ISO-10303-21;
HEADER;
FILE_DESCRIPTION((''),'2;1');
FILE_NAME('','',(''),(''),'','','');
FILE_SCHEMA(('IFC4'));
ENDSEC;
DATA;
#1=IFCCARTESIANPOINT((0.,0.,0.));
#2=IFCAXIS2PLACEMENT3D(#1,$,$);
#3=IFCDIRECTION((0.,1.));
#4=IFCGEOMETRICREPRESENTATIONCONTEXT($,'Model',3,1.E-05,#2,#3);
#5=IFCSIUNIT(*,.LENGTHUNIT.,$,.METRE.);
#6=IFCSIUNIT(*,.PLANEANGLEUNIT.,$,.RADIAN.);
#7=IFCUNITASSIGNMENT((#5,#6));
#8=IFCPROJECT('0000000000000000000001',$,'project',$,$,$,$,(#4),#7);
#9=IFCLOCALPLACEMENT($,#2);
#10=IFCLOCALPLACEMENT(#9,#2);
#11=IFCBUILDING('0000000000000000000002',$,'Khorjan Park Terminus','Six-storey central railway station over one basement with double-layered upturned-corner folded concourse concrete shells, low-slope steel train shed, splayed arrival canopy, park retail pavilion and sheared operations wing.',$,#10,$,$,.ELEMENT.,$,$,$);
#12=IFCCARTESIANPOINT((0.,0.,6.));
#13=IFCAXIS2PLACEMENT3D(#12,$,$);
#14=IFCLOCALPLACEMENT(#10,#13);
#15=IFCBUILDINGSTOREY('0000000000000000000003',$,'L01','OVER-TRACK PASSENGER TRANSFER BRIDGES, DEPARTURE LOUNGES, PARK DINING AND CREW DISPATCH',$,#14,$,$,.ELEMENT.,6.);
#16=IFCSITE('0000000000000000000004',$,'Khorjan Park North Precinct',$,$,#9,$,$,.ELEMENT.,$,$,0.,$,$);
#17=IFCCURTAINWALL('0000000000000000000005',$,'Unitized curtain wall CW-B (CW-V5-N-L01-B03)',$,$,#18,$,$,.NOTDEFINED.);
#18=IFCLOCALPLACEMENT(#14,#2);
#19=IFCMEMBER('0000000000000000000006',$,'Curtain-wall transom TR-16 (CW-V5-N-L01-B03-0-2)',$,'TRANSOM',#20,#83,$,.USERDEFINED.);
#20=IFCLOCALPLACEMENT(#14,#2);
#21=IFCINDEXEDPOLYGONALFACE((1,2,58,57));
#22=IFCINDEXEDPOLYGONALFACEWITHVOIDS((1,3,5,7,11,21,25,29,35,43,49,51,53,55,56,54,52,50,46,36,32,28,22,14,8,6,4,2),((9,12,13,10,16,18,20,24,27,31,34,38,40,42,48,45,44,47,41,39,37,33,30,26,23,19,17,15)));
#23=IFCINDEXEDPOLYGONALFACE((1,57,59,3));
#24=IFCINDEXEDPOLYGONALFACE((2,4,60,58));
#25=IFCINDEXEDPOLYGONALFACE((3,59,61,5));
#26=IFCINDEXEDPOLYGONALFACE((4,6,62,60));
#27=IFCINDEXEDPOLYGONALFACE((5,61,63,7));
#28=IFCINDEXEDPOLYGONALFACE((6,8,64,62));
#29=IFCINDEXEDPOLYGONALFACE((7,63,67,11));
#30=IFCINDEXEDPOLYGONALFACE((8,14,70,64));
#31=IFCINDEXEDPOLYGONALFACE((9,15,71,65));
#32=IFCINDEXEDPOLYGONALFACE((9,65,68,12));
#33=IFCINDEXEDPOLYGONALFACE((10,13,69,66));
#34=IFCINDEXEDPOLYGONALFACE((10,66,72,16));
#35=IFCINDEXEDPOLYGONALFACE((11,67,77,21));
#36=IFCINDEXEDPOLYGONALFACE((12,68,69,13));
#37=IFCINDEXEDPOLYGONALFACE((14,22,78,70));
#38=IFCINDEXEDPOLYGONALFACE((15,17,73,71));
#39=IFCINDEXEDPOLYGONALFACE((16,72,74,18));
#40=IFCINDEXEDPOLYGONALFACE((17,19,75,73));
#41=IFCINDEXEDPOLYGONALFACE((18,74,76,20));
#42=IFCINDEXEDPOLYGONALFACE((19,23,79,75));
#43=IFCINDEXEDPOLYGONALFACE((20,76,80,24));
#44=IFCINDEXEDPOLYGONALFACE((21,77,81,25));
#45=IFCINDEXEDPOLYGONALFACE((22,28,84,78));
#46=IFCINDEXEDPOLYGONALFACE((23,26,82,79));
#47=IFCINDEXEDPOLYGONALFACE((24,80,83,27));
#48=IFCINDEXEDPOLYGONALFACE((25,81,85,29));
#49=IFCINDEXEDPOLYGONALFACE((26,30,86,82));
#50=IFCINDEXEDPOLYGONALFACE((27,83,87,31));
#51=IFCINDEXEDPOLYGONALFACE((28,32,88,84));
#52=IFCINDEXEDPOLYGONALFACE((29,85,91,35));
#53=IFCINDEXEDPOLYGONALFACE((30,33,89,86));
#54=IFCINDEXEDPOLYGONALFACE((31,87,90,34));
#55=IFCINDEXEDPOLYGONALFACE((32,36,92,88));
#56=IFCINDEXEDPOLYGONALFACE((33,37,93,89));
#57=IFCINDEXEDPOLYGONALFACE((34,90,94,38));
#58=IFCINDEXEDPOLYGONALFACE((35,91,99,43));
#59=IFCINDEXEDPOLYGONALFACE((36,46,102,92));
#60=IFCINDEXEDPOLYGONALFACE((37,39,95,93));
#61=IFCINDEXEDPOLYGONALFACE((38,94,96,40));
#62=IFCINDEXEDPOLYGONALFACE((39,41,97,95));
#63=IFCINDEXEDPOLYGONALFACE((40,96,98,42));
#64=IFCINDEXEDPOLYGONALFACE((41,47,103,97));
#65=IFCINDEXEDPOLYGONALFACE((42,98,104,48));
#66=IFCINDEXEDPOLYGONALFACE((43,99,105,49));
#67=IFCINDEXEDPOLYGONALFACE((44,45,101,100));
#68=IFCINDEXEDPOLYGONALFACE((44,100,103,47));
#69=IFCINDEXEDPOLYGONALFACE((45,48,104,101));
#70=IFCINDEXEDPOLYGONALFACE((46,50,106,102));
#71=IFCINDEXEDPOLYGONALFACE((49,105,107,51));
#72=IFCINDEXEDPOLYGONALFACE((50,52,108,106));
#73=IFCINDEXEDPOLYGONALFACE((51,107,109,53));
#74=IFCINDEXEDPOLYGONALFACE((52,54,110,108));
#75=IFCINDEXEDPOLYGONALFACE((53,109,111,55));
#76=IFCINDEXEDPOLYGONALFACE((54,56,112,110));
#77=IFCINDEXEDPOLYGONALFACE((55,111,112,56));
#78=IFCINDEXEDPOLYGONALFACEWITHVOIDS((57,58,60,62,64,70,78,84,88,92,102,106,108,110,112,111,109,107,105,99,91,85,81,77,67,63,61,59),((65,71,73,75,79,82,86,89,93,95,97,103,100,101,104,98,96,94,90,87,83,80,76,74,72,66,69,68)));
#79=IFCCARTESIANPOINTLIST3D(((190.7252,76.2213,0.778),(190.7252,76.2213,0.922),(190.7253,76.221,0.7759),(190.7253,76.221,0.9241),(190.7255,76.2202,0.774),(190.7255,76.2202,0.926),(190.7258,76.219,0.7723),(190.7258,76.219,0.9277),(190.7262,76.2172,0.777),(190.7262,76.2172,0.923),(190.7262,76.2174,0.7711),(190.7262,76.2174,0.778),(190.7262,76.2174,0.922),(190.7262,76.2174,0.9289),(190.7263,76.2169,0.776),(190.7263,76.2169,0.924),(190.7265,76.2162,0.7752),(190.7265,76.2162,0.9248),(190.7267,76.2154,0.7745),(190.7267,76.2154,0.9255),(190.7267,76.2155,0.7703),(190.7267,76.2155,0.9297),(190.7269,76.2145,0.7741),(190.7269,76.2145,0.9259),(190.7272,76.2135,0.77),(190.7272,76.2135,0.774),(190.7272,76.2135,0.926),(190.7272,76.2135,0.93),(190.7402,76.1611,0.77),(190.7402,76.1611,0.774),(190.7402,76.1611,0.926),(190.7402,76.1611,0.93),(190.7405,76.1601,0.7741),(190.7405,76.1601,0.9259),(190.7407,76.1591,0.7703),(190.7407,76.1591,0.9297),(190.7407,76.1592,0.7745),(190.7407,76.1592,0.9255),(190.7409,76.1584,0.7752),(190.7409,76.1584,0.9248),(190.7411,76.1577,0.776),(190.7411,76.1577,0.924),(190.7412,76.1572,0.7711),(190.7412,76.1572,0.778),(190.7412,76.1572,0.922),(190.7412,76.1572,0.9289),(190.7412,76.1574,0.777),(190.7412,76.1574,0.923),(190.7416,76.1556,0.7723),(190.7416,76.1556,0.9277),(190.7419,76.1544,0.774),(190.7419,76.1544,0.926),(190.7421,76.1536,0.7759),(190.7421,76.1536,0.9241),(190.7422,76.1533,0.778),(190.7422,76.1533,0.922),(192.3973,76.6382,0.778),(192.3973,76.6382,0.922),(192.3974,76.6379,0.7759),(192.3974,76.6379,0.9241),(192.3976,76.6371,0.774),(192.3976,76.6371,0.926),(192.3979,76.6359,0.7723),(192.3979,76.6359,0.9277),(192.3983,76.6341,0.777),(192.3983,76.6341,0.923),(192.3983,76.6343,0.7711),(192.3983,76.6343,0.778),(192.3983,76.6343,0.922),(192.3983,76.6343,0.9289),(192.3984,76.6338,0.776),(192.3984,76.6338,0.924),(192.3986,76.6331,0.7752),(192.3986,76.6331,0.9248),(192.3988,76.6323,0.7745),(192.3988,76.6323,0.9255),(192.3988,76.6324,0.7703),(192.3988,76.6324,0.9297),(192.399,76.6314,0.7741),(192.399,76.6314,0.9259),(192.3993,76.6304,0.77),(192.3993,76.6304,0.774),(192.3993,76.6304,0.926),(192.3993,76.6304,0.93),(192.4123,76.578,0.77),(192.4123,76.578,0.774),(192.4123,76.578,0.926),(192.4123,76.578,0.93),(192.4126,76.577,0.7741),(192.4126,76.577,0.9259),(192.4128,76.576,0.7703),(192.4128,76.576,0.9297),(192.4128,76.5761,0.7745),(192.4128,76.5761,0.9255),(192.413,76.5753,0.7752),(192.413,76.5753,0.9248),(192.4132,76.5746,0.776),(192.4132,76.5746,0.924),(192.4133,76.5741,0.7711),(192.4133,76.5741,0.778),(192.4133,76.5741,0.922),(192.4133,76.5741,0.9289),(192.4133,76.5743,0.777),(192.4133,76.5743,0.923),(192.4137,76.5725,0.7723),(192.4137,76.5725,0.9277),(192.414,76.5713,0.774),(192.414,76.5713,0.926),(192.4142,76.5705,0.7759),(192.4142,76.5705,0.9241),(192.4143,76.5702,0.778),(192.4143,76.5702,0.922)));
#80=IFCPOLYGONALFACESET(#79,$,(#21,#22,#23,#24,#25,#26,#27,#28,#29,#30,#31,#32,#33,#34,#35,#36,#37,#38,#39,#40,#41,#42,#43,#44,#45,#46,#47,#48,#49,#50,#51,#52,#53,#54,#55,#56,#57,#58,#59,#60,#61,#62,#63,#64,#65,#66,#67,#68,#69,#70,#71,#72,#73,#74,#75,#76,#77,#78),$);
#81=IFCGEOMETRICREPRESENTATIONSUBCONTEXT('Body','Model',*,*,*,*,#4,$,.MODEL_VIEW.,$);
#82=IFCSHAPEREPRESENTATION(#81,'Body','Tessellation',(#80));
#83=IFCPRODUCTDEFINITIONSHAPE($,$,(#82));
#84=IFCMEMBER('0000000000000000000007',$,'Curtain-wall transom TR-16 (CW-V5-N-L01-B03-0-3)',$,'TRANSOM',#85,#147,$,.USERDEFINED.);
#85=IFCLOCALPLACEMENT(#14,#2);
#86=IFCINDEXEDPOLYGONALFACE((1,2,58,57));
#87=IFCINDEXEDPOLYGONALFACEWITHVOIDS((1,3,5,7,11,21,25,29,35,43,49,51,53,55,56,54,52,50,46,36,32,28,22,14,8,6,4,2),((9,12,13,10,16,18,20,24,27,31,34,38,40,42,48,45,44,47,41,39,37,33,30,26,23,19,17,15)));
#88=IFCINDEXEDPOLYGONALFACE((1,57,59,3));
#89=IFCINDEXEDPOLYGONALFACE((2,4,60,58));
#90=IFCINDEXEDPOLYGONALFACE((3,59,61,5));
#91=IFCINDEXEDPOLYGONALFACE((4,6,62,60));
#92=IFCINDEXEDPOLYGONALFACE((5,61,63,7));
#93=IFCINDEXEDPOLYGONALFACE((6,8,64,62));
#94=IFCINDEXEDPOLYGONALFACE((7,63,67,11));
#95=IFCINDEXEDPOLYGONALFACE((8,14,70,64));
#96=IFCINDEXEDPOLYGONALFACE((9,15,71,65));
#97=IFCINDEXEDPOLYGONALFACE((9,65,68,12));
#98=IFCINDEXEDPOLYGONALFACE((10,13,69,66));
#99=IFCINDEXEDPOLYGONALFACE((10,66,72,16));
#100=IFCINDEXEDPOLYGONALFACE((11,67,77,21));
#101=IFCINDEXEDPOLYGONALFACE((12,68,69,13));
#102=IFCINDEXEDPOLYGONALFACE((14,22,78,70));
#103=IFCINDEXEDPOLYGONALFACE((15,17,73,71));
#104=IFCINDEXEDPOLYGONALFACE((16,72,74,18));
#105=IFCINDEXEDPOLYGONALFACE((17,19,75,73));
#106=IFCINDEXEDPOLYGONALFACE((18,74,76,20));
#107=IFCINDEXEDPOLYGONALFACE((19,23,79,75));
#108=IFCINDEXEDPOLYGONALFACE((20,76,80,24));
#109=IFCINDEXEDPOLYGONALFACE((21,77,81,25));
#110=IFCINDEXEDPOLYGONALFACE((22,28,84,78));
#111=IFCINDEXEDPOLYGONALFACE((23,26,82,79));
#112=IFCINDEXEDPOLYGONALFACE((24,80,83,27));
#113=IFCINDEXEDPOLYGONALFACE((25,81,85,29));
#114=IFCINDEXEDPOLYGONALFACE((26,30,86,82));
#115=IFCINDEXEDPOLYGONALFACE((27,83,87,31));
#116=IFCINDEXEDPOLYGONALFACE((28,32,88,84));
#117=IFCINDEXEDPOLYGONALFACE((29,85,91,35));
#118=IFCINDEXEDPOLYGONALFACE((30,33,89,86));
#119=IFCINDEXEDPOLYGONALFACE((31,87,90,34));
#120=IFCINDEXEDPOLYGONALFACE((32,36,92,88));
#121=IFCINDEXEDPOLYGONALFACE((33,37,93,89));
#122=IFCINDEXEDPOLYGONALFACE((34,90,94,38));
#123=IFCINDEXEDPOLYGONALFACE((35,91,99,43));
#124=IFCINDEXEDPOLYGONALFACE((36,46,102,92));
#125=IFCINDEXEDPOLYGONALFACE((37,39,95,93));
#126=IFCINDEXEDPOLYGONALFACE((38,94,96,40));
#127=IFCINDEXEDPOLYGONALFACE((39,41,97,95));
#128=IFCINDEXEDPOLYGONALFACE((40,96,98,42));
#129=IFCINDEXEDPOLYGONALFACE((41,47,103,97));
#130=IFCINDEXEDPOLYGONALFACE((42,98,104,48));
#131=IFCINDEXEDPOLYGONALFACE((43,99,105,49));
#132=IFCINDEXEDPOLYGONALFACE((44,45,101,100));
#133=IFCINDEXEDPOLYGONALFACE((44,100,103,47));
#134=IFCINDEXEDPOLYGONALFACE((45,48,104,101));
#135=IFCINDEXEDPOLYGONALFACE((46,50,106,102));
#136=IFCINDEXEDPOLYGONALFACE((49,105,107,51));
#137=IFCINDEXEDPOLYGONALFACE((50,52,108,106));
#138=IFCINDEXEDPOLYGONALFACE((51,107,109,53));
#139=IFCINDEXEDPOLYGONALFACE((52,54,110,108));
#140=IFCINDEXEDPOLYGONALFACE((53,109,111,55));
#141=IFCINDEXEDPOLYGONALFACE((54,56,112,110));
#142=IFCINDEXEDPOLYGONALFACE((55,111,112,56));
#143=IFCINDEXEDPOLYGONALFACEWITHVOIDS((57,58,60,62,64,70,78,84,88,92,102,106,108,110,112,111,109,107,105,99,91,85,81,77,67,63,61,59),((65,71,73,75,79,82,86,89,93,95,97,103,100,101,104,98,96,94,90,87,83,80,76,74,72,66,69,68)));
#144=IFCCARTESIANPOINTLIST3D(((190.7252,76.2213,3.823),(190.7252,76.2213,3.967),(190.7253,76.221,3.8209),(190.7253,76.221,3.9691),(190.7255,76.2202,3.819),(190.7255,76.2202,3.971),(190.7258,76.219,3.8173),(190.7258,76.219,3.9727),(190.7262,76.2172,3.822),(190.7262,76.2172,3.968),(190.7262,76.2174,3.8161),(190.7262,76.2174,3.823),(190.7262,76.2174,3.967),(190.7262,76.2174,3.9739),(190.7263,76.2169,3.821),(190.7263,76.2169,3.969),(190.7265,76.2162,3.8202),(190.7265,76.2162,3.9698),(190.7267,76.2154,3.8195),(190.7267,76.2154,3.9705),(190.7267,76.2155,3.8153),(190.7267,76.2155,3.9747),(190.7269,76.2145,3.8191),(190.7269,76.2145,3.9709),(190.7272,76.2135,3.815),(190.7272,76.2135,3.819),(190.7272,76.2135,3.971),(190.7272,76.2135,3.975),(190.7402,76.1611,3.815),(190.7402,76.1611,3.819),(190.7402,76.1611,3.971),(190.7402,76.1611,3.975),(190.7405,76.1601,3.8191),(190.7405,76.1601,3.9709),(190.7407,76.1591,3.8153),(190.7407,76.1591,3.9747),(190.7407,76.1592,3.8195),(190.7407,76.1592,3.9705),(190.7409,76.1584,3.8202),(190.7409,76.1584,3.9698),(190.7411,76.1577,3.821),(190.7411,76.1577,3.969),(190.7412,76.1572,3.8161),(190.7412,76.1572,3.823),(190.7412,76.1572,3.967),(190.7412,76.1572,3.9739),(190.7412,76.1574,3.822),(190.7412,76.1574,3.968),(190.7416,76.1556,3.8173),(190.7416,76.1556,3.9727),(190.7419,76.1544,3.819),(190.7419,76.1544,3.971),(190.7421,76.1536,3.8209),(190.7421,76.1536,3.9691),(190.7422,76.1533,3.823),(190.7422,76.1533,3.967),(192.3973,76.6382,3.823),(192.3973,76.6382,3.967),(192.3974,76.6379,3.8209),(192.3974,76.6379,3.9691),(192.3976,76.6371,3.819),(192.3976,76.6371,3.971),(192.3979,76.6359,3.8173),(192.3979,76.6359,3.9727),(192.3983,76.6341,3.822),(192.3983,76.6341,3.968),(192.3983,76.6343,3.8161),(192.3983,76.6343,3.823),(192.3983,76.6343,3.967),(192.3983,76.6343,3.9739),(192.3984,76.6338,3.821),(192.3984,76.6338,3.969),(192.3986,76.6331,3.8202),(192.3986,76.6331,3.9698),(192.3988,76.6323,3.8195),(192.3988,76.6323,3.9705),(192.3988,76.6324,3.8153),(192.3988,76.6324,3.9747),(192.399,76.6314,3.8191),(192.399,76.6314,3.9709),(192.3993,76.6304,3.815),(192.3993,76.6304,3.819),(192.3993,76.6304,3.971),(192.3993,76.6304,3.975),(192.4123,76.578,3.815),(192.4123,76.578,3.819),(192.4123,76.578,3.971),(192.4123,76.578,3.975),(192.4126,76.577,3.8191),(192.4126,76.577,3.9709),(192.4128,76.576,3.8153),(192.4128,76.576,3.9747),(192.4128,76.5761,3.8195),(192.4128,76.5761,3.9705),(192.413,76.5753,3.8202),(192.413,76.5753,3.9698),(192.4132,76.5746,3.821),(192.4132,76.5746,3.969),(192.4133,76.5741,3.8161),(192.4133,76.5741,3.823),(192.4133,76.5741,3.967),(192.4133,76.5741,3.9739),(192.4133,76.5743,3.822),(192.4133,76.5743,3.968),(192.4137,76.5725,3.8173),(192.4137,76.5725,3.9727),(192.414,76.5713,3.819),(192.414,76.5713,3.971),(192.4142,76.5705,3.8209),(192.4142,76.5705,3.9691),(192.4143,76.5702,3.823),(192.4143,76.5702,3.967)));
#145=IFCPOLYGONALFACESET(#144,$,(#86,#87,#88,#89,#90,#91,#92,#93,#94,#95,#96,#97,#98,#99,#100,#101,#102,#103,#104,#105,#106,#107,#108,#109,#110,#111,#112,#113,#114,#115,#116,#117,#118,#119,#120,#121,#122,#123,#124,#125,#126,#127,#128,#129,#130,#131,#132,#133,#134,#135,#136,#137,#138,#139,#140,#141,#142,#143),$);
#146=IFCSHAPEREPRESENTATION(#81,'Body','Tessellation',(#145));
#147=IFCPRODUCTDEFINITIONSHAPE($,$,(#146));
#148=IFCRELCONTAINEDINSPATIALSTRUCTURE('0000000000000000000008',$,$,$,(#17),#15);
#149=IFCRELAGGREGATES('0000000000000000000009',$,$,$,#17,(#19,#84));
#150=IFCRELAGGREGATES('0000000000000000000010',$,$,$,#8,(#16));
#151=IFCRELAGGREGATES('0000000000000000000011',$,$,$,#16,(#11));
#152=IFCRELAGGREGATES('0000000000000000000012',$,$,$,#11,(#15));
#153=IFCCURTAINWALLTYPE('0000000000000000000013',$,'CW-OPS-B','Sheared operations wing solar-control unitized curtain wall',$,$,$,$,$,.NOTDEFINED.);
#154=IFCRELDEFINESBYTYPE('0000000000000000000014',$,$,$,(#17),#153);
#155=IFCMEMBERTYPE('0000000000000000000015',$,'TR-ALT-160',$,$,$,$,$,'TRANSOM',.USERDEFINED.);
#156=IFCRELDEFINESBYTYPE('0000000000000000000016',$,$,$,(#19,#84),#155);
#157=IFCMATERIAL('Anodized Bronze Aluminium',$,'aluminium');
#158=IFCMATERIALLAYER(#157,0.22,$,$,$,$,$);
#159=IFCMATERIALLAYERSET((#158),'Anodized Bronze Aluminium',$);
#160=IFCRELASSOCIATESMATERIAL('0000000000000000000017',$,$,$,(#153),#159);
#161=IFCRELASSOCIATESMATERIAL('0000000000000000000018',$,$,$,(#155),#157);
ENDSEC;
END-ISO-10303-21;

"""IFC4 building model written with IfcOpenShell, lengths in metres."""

from ifc_helpers import new_model, si_unit, direction, frame, origin, origin_2d, place, context, subcontext, project, spatial, hollow_rectangle, extrude, material, layer, layer_set, material_profile, profile_set, type_object, element, aggregate, save


model = new_model("IFC4")

# Units and contexts
model_context = context("Model", 3, precision=1e-05, world=origin(), true_north=direction((0.0, 1.0)))
body_context = subcontext(model_context, "Body", "Model", "MODEL_VIEW")
ifc_project = project(units=[si_unit("LENGTHUNIT", "METRE"), si_unit("PLANEANGLEUNIT", "RADIAN")], contexts=[model_context])

# Site, building, storey
site_placement = place(None, origin())
site = spatial("IfcSite", under=ifc_project, at=site_placement, Name="Khorjan Park North Precinct", CompositionType="ELEMENT", RefElevation=0.0)
building_placement = place(site_placement, origin())
building = spatial("IfcBuilding", under=site, at=building_placement, Name="Khorjan Park Terminus", Description="Six-storey central railway station over one basement with double-layered upturned-corner folded concourse concrete shells, low-slope steel train shed, splayed arrival canopy, park retail pavilion and sheared operations wing.", CompositionType="ELEMENT")
storey_placement = place(building_placement, frame((0.0, 0.0, 6.0)))
storey = spatial("IfcBuildingStorey", under=building, at=storey_placement, Name="L01", Description="OVER-TRACK PASSENGER TRANSFER BRIDGES, DEPARTURE LOUNGES, PARK DINING AND CREW DISPATCH", CompositionType="ELEMENT", Elevation=6.0)

# Shared definitions
ifc_material_1 = material(Name="Anodized Bronze Aluminium", Category="aluminium")
ifc_layer_1 = layer(ifc_material_1, 0.22)
ifc_layer_set_1 = layer_set([ifc_layer_1], Name="Anodized Bronze Aluminium")
curtain_wall_type = type_object("IfcCurtainWallType", Name="CW-OPS-B", Description="Sheared operations wing solar-control unitized curtain wall", PredefinedType="NOTDEFINED", material=ifc_layer_set_1)

# Curtain wall
curtain_wall_1_placement = place(storey_placement, origin())
curtain_wall_1 = element("IfcCurtainWall", 1, at=curtain_wall_1_placement, inside=storey, type_object=curtain_wall_type, Name="Unitized curtain wall CW-B (CW-V5-N-L01-B03)", PredefinedType="NOTDEFINED")

# Members
ifc_material_profile_1 = material_profile(ifc_material_1, hollow_rectangle(XDim=0.07, YDim=0.16, WallThickness=0.004, InnerFilletRadius=0.004, OuterFilletRadius=0.008, at=origin_2d()), Name="ALT 70x160x4")
ifc_profile_set_1 = profile_set([ifc_material_profile_1], Name="Anodized Bronze Aluminium")
member_type_1 = type_object("IfcMemberType", Name="TR-ALT-160", ElementType="TRANSOM", PredefinedType="USERDEFINED", material=ifc_profile_set_1)
member_1_placement = place(storey_placement, frame((192.4058, 76.6042, 0.85), z_axis=(-0.970296, -0.241921, 0.0), x_axis=(0.241921, -0.970296, 0.0)))
member_1 = element("IfcMember", 2, at=member_1_placement, type_object=member_type_1, Name="Curtain-wall transom TR-16 (CW-V5-N-L01-B03-0-2)", ObjectType="TRANSOM", PredefinedType="USERDEFINED", context=body_context, shape_type="SweptSolid", body=[
    extrude(hollow_rectangle(XDim=0.07, YDim=0.16, WallThickness=0.004, InnerFilletRadius=0.004, OuterFilletRadius=0.008, at=origin_2d()), origin(), (0.0, 0.0, 1.0), 1.7233),
])
member_2_placement = place(storey_placement, frame((192.4058, 76.6042, 3.895), z_axis=(-0.970296, -0.241921, 0.0), x_axis=(0.241921, -0.970296, 0.0)))
member_2 = element("IfcMember", 3, at=member_2_placement, type_object=member_type_1, Name="Curtain-wall transom TR-16 (CW-V5-N-L01-B03-0-3)", ObjectType="TRANSOM", PredefinedType="USERDEFINED", context=body_context, shape_type="SweptSolid", body=[
    extrude(hollow_rectangle(XDim=0.07, YDim=0.16, WallThickness=0.004, InnerFilletRadius=0.004, OuterFilletRadius=0.008, at=origin_2d()), origin(), (0.0, 0.0, 1.0), 1.7233),
])

aggregate(curtain_wall_1, [member_1, member_2])

save(model, "model.ifc")
